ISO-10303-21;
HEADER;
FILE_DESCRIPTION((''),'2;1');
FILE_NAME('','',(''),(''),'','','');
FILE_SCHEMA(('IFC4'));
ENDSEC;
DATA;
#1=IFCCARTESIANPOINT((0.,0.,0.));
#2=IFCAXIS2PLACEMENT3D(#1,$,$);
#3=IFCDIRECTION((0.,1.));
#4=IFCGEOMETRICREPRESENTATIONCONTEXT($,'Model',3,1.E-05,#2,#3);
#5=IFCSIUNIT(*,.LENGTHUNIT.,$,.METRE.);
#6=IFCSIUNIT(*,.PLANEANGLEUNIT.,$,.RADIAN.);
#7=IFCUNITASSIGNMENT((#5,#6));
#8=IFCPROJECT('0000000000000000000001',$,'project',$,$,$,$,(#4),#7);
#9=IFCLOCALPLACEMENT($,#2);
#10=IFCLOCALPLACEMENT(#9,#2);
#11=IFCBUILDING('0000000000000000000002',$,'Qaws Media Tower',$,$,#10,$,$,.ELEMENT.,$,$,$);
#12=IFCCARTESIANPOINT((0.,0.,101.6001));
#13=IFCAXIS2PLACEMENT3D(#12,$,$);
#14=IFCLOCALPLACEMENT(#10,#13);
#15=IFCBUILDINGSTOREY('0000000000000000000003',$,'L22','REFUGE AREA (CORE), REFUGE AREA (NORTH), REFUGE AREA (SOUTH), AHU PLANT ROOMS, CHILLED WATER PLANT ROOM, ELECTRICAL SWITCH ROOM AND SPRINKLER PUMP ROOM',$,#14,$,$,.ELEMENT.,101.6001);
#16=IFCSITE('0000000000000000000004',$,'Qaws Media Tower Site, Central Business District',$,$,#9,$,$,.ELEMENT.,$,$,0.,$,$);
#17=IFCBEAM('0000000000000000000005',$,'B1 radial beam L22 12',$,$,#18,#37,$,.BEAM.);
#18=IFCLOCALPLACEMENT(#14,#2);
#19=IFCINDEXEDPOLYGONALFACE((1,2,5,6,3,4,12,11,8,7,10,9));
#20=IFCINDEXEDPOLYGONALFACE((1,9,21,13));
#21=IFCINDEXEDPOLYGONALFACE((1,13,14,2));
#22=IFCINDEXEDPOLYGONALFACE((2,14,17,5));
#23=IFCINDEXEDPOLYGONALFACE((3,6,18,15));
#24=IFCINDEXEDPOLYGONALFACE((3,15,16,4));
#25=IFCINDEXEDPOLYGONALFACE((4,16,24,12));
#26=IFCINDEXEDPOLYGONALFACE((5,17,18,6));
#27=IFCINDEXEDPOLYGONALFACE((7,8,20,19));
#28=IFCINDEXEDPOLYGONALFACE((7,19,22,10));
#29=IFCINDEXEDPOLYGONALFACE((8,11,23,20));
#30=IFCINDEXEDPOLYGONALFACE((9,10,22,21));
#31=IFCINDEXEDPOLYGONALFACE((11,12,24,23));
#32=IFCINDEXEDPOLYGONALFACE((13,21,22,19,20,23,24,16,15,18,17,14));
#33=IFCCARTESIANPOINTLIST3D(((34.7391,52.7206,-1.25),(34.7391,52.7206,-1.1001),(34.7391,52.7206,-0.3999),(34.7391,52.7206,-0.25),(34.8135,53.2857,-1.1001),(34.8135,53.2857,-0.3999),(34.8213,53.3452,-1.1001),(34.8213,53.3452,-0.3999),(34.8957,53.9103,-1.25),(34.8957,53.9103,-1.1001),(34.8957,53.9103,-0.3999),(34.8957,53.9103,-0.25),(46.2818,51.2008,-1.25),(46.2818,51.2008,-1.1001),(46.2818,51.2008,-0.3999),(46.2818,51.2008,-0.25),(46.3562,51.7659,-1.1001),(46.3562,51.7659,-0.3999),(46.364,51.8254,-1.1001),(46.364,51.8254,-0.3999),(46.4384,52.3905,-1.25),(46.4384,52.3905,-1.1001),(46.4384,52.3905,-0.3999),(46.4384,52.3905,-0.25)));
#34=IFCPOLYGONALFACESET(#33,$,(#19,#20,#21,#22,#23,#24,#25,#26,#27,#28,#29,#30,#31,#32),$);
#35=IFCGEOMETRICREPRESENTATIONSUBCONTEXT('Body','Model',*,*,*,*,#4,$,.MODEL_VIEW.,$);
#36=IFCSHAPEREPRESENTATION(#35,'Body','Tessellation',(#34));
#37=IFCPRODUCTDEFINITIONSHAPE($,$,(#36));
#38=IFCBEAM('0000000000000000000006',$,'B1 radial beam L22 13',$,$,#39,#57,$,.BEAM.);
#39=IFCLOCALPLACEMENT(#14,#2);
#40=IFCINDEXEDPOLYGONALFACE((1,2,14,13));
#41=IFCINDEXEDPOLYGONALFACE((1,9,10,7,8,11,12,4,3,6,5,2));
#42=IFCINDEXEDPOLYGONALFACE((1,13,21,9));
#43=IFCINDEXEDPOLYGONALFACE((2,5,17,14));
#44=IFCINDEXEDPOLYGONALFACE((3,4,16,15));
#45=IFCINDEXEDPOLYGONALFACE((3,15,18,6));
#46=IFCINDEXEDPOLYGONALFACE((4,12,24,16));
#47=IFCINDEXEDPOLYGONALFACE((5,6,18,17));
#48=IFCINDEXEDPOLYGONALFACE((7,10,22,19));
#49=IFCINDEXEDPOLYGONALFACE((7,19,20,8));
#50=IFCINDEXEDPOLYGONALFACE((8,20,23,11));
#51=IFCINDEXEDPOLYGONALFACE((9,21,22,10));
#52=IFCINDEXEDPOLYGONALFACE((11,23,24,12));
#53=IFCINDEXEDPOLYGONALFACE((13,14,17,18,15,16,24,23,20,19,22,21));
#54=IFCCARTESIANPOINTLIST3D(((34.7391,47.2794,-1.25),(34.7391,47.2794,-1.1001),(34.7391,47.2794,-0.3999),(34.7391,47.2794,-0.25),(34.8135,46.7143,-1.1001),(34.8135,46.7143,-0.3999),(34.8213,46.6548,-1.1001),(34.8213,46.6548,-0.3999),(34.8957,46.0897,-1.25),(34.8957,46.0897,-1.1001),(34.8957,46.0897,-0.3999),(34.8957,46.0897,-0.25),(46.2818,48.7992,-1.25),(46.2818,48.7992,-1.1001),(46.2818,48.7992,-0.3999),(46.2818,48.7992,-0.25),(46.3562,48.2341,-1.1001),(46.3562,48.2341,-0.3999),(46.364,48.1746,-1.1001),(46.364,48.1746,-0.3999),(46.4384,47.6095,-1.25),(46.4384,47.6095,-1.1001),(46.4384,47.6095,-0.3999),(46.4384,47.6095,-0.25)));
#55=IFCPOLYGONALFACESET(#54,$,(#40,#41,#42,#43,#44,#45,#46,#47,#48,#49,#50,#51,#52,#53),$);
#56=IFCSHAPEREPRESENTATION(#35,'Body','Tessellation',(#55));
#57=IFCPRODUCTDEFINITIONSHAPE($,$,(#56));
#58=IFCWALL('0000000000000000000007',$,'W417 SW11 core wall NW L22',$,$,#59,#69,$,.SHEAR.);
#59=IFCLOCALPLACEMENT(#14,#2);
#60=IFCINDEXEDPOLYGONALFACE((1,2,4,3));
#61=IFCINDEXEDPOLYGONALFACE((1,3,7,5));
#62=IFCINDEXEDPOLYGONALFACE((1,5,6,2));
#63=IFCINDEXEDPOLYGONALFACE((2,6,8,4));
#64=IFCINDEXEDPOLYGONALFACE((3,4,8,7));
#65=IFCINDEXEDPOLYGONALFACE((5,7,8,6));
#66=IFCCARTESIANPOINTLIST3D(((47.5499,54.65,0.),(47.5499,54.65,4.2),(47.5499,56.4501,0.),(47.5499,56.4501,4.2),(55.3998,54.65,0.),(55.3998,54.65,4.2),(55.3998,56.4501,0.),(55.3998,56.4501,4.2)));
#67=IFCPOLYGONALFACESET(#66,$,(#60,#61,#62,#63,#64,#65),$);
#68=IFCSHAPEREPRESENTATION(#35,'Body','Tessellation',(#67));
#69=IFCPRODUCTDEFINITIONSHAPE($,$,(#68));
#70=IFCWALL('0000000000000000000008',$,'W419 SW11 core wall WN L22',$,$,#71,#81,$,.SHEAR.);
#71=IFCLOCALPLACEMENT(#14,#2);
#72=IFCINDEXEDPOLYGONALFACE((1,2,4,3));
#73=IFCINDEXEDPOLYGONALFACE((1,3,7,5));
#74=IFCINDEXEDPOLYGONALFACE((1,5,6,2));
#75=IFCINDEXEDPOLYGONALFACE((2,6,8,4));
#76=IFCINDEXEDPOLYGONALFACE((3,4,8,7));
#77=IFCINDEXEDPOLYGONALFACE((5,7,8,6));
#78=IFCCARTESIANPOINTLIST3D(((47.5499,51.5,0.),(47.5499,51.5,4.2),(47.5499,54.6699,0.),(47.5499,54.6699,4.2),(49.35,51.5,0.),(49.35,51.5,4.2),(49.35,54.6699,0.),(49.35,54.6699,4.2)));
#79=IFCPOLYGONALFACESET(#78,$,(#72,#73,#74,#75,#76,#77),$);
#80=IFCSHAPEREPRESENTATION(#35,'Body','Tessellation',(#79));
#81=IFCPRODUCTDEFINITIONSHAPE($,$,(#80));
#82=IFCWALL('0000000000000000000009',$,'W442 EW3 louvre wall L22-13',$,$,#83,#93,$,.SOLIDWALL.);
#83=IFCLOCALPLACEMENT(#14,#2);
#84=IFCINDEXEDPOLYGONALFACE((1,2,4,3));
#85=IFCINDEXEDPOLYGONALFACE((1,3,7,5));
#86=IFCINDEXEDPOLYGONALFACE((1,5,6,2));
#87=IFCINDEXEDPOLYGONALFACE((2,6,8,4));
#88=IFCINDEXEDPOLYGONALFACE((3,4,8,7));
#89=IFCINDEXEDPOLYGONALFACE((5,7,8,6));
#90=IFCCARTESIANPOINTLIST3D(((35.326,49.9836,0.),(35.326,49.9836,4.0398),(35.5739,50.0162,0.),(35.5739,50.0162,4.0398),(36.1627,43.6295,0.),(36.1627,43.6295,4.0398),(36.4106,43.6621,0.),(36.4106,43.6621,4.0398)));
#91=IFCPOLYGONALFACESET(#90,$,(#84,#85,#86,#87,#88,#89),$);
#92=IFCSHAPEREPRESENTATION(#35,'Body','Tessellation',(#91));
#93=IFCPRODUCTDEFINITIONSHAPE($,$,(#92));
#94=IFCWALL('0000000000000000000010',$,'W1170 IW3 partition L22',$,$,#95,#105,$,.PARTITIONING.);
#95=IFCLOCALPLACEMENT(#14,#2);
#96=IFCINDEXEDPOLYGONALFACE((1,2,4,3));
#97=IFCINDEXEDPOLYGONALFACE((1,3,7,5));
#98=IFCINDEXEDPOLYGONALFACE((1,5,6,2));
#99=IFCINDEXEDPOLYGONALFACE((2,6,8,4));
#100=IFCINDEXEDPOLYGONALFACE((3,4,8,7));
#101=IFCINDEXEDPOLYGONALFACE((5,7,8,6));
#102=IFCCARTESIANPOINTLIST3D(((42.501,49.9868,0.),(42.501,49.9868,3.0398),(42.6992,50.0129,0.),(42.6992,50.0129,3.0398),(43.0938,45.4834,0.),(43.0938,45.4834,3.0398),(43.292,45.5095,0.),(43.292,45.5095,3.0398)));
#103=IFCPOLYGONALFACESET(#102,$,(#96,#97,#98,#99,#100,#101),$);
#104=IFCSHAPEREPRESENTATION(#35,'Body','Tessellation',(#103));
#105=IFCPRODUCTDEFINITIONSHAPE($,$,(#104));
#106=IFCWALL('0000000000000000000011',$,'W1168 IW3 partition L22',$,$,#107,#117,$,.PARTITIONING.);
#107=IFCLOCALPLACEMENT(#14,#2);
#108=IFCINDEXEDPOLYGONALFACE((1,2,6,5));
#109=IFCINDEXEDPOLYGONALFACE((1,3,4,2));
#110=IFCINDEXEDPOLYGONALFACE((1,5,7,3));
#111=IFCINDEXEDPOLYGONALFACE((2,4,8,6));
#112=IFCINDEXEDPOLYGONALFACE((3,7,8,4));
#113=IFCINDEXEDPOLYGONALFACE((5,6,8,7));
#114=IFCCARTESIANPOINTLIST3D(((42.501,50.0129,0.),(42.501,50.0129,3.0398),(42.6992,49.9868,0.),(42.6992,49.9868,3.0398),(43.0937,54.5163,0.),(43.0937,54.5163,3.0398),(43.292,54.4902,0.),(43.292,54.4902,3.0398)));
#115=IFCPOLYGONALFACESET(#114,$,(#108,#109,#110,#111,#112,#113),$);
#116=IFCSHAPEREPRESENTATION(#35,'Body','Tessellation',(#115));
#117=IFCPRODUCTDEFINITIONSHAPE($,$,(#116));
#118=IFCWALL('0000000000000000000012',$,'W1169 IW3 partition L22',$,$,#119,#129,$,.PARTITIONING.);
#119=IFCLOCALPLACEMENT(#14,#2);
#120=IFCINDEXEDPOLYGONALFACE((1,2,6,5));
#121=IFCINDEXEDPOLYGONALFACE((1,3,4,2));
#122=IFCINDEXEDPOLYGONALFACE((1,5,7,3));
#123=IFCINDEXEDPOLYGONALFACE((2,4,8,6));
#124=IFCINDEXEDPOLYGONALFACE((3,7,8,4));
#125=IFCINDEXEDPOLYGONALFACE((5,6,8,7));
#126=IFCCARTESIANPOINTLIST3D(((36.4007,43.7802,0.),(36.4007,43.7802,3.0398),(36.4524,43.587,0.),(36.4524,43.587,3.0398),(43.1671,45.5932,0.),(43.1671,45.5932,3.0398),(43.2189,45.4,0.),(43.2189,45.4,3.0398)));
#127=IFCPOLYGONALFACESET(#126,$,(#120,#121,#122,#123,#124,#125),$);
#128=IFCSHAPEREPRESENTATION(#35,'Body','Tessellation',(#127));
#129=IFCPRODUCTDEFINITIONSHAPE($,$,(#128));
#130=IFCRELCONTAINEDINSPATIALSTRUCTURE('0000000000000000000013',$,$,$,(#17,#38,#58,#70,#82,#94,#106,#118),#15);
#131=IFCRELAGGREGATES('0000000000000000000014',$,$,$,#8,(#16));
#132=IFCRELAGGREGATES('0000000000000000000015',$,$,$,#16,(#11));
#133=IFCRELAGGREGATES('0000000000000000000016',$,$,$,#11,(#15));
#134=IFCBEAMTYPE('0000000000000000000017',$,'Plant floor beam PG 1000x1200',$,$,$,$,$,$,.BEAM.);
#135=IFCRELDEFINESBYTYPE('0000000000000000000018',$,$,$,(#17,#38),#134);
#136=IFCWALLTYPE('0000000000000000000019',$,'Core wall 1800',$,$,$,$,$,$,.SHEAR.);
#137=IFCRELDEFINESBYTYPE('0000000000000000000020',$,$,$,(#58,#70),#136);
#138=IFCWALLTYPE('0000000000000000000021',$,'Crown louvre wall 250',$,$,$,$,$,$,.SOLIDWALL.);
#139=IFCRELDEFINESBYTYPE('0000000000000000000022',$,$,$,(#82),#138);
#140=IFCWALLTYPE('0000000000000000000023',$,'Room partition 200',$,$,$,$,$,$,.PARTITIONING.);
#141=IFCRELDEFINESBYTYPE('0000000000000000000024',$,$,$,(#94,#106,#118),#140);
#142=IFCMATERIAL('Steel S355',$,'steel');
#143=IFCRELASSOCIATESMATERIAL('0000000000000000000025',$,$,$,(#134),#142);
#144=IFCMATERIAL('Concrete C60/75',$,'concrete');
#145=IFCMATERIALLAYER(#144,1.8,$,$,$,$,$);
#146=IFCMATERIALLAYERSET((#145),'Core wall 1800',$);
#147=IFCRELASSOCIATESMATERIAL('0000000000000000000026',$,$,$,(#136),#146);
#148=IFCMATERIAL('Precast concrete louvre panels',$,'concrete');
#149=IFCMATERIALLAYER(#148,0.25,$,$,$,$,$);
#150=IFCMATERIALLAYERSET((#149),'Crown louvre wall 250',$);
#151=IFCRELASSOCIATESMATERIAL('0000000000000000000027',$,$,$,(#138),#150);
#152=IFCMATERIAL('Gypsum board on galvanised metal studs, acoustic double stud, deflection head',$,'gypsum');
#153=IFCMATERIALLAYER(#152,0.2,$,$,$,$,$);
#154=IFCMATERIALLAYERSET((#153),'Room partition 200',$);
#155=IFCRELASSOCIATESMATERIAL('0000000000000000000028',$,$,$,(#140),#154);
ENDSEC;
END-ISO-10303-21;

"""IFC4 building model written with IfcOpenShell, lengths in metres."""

from ifc_helpers import new_model, si_unit, direction, frame, frame_2d, origin, origin_2d, place, context, subcontext, project, spatial, rectangle, i_section, extrude, material, layer, layer_set, material_profile, profile_set, type_object, element, save


model = new_model("IFC4")

# Units and contexts
model_context = context("Model", 3, precision=1e-05, world=origin(), true_north=direction((0.0, 1.0)))
body_context = subcontext(model_context, "Body", "Model", "MODEL_VIEW")
ifc_project = project(units=[si_unit("LENGTHUNIT", "METRE"), si_unit("PLANEANGLEUNIT", "RADIAN")], contexts=[model_context])

# Site, building, storey
site_placement = place(None, origin())
site = spatial("IfcSite", under=ifc_project, at=site_placement, Name="Qaws Media Tower Site, Central Business District", CompositionType="ELEMENT", RefElevation=0.0)
building_placement = place(site_placement, origin())
building = spatial("IfcBuilding", under=site, at=building_placement, Name="Qaws Media Tower", CompositionType="ELEMENT")
storey_placement = place(building_placement, frame((0.0, 0.0, 101.6001)))
storey = spatial("IfcBuildingStorey", under=building, at=storey_placement, Name="L22", Description="REFUGE AREA (CORE), REFUGE AREA (NORTH), REFUGE AREA (SOUTH), AHU PLANT ROOMS, CHILLED WATER PLANT ROOM, ELECTRICAL SWITCH ROOM AND SPRINKLER PUMP ROOM", CompositionType="ELEMENT", Elevation=101.6001)

# Beams
ifc_material_1 = material(Name="Steel S355", Category="steel")
ifc_material_profile_1 = material_profile(ifc_material_1, i_section(OverallWidth=1.2, OverallDepth=1.0, WebThickness=0.0601, FlangeThickness=0.1499, at=origin_2d()), Name="PG 1000x1200")
ifc_profile_set_1 = profile_set([ifc_material_profile_1], Name="Steel S355")
beam_type_1 = type_object("IfcBeamType", Name="Plant floor beam PG 1000x1200", PredefinedType="BEAM", material=ifc_profile_set_1)
for number, where, z_axis, x_axis, name in (
    (1, (46.3601, 51.7957, -0.75), (-0.991443, 0.130539, 0.0), (-0.130539, -0.991443, 0.0), "B1 radial beam L22 12"),
    (2, (46.3601, 48.2043, -0.75), (-0.991443, -0.130539, 0.0), (0.130539, -0.991443, 0.0), "B1 radial beam L22 13"),
):
    element("IfcBeam", number, at=place(storey_placement, frame(where, z_axis=z_axis, x_axis=x_axis)), inside=storey, type_object=beam_type_1, Name=name, PredefinedType="BEAM", context=body_context, shape_type="SweptSolid", body=[
        extrude(i_section(OverallWidth=1.2, OverallDepth=1.0, WebThickness=0.0601, FlangeThickness=0.1499, at=origin_2d()), origin(), (0.0, 0.0, 1.0), 11.6423),
    ])

# Walls
ifc_material_2 = material(Name="Concrete C60/75", Category="concrete")
ifc_layer_1 = layer(ifc_material_2, 1.8)
ifc_layer_set_1 = layer_set([ifc_layer_1], Name="Core wall 1800")
wall_type_1 = type_object("IfcWallType", Name="Core wall 1800", PredefinedType="SHEAR", material=ifc_layer_set_1)
wall_1_placement = place(storey_placement, frame((47.55, 55.55, 0.0), z_axis=(0.0, 0.0, 1.0), x_axis=(1.0, 0.0, 0.0)))
element("IfcWall", 3, at=wall_1_placement, inside=storey, type_object=wall_type_1, Name="W417 SW11 core wall NW L22", PredefinedType="SHEAR", context=body_context, shape_type="SweptSolid", body=[
    extrude(rectangle(XDim=7.8499, YDim=1.8, at=frame_2d((3.9248, 0.0))), origin(), (0.0, 0.0, 1.0), 4.2),
])
wall_2_placement = place(storey_placement, frame((48.45, 51.5, 0.0), z_axis=(0.0, 0.0, 1.0), x_axis=(0.0, 1.0, 0.0)))
element("IfcWall", 4, at=wall_2_placement, inside=storey, type_object=wall_type_1, Name="W419 SW11 core wall WN L22", PredefinedType="SHEAR", context=body_context, shape_type="SweptSolid", body=[
    extrude(rectangle(XDim=3.1699, YDim=1.8, at=frame_2d((1.585, 0.0))), origin(), (0.0, 0.0, 1.0), 4.2),
])
ifc_material_3 = material(Name="Precast concrete louvre panels", Category="concrete")
ifc_layer_2 = layer(ifc_material_3, 0.25)
ifc_layer_set_2 = layer_set([ifc_layer_2], Name="Crown louvre wall 250")
wall_type_2 = type_object("IfcWallType", Name="Crown louvre wall 250", PredefinedType="SOLIDWALL", material=ifc_layer_set_2)
wall_3_placement = place(storey_placement, frame((35.45, 50.0, 0.0), z_axis=(0.0, 0.0, 1.0), x_axis=(0.130549, -0.991442, 0.0)))
element("IfcWall", 5, at=wall_3_placement, inside=storey, type_object=wall_type_2, Name="W442 EW3 louvre wall L22-13", PredefinedType="SOLIDWALL", context=body_context, shape_type="SweptSolid", body=[
    extrude(rectangle(XDim=6.4089, YDim=0.25, at=frame_2d((3.2046, 0.0))), origin(), (0.0, 0.0, 1.0), 4.0398),
])
ifc_material_4 = material(Name="Gypsum board on galvanised metal studs, acoustic double stud, deflection head", Category="gypsum")
ifc_layer_3 = layer(ifc_material_4, 0.2)
ifc_layer_set_3 = layer_set([ifc_layer_3], Name="Room partition 200")
wall_type_3 = type_object("IfcWallType", Name="Room partition 200", PredefinedType="PARTITIONING", material=ifc_layer_set_3)
for number, where, z_axis, x_axis, name in (
    (6, (43.1929, 45.4966, 0.0), (0.0, 0.0, 1.0), (-0.130502, 0.991448, 0.0), "W1170 IW3 partition L22"),
    (7, (42.6001, 50.0, 0.0), (0.0, 0.0, 1.0), (0.130502, 0.991448, 0.0), "W1168 IW3 partition L22"),
):
    element("IfcWall", number, at=place(storey_placement, frame(where, z_axis=z_axis, x_axis=x_axis)), inside=storey, type_object=wall_type_3, Name=name, PredefinedType="PARTITIONING", context=body_context, shape_type="SweptSolid", body=[
        extrude(rectangle(XDim=4.5422, YDim=0.2, at=frame_2d((2.271, 0.0))), origin(), (0.0, 0.0, 1.0), 3.0398),
    ])

# Wall
wall_4_placement = place(storey_placement, frame((43.1929, 45.4966, 0.0), z_axis=(0.0, 0.0, 1.0), x_axis=(-0.965928, -0.258812, 0.0)))
element("IfcWall", 8, at=wall_4_placement, inside=storey, type_object=wall_type_3, Name="W1169 IW3 partition L22", PredefinedType="PARTITIONING", context=body_context, shape_type="SweptSolid", body=[
    extrude(rectangle(XDim=7.0051, YDim=0.2, at=frame_2d((3.5024, 0.0))), origin(), (0.0, 0.0, 1.0), 3.0398),
])

save(model, "model.ifc")
